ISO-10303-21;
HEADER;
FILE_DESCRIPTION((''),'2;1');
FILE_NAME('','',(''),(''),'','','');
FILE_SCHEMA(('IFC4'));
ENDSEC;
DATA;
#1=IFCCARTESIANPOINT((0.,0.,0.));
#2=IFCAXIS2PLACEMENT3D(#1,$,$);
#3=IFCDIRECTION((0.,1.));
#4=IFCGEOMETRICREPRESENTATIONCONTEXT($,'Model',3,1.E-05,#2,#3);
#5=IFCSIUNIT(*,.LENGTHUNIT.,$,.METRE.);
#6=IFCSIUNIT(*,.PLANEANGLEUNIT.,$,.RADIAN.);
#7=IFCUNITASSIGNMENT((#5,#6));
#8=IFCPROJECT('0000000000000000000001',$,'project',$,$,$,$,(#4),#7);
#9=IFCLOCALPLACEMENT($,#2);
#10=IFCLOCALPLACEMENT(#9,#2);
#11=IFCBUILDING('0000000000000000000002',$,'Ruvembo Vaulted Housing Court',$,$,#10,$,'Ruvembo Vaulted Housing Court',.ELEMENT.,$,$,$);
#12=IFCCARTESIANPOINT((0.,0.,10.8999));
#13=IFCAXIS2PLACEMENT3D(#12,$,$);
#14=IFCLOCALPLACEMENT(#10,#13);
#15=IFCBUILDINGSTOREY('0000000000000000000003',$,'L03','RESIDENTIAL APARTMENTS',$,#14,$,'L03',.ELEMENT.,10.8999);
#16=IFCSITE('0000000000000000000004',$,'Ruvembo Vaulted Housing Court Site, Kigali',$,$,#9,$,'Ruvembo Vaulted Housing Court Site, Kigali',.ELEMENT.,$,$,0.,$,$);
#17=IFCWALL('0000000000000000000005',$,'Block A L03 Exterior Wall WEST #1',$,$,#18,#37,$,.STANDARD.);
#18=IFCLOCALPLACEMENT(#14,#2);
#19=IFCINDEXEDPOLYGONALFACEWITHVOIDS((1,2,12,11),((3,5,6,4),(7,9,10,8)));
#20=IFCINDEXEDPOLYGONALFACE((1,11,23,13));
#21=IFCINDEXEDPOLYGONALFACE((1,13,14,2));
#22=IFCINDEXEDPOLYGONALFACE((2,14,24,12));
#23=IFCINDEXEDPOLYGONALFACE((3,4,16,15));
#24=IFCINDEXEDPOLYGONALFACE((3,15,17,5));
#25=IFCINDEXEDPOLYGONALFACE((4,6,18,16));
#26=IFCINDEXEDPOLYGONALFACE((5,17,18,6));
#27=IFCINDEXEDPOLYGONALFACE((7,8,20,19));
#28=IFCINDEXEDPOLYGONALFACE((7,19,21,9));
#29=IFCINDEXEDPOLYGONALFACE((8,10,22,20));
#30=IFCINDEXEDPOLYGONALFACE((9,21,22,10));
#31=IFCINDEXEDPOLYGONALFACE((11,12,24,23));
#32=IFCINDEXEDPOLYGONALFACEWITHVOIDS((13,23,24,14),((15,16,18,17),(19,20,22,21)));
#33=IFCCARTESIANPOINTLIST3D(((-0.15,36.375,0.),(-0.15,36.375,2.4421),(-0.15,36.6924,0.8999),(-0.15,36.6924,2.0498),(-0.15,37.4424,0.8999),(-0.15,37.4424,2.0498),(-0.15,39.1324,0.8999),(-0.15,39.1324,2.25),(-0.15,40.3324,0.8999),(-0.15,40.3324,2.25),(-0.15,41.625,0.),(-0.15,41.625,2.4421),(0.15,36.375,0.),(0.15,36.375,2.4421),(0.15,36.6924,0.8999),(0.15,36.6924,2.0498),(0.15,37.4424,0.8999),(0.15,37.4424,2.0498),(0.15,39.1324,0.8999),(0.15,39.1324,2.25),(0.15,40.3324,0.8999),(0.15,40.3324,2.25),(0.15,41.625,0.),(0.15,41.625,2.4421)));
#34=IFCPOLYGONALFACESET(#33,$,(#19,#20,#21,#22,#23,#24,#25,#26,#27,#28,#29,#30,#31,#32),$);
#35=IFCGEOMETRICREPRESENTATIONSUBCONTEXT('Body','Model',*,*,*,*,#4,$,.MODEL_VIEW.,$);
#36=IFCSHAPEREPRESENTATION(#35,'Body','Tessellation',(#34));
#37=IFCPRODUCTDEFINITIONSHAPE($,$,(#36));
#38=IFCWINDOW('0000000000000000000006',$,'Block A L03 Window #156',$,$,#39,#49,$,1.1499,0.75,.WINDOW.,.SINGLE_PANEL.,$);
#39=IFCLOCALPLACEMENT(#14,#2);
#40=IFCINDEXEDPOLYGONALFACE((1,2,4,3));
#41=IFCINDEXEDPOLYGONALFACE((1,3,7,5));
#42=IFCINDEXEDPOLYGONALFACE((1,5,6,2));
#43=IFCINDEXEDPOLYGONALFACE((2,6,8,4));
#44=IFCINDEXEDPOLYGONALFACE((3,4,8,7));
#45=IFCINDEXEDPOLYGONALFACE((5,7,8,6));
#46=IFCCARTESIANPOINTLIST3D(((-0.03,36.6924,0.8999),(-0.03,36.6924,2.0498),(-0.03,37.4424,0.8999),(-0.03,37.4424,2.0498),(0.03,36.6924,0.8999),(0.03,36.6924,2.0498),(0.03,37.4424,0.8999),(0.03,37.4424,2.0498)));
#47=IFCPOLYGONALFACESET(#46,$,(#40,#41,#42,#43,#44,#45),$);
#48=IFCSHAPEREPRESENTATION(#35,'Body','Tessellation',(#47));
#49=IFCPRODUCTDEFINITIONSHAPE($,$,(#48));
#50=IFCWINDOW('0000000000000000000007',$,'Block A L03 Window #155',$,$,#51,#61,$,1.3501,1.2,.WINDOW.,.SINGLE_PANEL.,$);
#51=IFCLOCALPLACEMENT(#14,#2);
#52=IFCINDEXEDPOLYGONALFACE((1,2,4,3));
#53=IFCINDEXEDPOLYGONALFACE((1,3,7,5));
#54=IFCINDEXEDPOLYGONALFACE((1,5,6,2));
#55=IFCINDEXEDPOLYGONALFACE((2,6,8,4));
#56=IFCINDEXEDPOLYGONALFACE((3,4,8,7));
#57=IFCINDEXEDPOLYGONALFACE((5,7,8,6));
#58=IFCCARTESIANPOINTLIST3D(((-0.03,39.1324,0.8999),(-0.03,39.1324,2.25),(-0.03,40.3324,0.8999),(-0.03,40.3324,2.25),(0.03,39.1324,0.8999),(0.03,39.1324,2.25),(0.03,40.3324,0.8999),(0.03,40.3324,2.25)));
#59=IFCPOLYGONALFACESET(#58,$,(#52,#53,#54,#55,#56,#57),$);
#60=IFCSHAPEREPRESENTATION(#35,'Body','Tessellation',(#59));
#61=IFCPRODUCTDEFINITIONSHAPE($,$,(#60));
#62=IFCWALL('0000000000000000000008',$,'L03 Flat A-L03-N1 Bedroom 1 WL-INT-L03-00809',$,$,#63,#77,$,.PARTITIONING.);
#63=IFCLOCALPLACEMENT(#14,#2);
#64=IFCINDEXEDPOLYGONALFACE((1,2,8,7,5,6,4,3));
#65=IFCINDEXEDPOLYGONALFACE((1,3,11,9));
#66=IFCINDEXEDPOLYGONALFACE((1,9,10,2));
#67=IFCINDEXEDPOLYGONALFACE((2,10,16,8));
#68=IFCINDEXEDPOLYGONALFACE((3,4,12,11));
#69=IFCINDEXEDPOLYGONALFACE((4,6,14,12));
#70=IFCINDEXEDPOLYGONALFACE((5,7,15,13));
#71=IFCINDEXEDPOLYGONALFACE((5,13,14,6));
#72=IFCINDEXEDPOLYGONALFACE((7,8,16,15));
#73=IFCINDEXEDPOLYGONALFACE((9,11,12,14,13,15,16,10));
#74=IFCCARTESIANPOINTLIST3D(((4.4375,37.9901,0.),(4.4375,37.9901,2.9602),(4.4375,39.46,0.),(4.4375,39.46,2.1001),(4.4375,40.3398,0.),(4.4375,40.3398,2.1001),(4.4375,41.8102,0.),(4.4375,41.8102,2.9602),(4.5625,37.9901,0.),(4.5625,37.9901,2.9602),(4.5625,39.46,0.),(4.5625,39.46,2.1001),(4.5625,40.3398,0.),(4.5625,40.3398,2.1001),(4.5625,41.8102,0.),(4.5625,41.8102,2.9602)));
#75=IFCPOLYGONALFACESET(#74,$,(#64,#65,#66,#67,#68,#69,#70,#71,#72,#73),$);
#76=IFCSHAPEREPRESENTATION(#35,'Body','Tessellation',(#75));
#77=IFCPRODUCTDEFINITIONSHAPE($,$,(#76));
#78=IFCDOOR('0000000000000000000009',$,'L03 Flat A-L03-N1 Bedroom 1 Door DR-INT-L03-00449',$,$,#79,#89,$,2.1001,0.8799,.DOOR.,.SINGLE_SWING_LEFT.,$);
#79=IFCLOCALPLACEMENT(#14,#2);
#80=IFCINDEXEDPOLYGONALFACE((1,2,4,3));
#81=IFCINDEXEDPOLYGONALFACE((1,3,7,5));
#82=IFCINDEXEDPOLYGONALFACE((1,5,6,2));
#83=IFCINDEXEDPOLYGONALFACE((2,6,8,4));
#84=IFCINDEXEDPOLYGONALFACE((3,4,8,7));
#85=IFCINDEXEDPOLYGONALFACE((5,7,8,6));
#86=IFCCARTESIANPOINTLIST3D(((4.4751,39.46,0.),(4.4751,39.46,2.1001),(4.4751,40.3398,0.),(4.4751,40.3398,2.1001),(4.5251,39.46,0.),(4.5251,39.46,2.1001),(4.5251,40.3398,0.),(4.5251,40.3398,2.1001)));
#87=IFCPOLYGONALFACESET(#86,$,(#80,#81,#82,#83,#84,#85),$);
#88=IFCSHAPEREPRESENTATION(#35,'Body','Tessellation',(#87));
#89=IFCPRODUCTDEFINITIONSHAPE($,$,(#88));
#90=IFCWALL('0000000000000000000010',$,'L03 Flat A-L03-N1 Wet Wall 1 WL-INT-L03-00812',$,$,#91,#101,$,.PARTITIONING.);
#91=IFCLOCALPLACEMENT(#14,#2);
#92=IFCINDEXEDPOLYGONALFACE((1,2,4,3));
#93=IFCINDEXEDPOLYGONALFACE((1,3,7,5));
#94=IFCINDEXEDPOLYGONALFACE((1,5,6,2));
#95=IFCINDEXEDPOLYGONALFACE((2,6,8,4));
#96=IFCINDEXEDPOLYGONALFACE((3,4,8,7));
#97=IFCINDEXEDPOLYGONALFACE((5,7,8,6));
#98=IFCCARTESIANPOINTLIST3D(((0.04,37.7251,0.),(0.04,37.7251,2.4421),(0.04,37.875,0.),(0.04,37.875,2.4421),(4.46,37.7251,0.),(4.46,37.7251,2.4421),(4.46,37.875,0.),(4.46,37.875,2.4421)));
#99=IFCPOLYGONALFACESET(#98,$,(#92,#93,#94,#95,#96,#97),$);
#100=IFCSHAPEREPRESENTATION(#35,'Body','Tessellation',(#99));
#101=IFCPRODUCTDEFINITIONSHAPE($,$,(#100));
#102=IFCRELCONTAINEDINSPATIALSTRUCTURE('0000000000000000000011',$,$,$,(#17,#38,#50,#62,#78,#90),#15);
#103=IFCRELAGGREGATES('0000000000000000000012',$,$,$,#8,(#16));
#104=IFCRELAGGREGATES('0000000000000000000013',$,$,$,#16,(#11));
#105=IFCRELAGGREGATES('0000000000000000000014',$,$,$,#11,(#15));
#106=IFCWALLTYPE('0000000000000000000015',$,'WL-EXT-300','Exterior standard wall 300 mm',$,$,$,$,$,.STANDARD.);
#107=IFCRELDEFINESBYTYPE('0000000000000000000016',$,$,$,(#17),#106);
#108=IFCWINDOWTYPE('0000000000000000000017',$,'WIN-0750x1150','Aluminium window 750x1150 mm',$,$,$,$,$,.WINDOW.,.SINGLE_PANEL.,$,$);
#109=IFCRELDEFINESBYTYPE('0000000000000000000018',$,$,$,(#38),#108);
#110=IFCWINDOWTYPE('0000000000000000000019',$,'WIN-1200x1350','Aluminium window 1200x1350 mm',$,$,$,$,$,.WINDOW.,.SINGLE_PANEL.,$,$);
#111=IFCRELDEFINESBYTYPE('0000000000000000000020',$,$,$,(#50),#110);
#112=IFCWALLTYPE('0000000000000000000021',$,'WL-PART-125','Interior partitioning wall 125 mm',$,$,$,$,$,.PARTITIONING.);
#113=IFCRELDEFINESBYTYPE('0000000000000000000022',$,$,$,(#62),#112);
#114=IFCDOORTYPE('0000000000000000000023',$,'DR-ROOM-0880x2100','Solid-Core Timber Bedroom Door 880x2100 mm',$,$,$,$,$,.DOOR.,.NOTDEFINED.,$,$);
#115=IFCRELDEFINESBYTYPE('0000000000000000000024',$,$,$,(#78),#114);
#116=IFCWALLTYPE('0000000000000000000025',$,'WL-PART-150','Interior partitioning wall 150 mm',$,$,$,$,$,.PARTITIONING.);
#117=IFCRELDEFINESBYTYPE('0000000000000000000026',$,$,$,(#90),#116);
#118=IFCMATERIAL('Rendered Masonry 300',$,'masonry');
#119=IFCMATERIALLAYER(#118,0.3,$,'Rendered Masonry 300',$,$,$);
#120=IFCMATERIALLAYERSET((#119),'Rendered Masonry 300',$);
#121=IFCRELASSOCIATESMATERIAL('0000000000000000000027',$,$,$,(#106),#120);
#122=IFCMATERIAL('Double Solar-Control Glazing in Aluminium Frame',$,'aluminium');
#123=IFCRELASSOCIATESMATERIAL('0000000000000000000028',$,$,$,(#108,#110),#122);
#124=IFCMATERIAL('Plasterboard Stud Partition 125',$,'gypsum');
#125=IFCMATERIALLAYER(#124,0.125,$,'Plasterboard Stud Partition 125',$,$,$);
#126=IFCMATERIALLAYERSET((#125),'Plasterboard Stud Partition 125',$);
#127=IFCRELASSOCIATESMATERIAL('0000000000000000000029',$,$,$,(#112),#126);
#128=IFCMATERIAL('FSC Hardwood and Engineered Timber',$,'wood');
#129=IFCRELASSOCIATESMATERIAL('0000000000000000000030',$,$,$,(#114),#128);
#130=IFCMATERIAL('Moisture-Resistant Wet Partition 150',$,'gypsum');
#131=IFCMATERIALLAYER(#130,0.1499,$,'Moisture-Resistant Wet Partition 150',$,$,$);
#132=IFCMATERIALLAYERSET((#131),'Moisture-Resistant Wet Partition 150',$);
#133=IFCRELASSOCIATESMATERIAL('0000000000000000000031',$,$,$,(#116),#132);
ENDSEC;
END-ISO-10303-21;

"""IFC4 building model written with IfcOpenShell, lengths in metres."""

from ifc_helpers import new_model, si_unit, direction, frame, frame_2d, origin, place, context, subcontext, project, spatial, rectangle, extrude, material, layer, layer_set, type_object, element, fill, save


model = new_model("IFC4")

# Units and contexts
model_context = context("Model", 3, precision=1e-05, world=origin(), true_north=direction((0.0, 1.0)))
body_context = subcontext(model_context, "Body", "Model", "MODEL_VIEW")
ifc_project = project(units=[si_unit("LENGTHUNIT", "METRE"), si_unit("PLANEANGLEUNIT", "RADIAN")], contexts=[model_context])

# Site, building, storey
site_placement = place(None, origin())
site = spatial("IfcSite", under=ifc_project, at=site_placement, Name="Ruvembo Vaulted Housing Court Site, Kigali", LongName="Ruvembo Vaulted Housing Court Site, Kigali", CompositionType="ELEMENT", RefElevation=0.0)
building_placement = place(site_placement, origin())
building = spatial("IfcBuilding", under=site, at=building_placement, Name="Ruvembo Vaulted Housing Court", LongName="Ruvembo Vaulted Housing Court", CompositionType="ELEMENT")
storey_placement = place(building_placement, frame((0.0, 0.0, 10.8999)))
storey = spatial("IfcBuildingStorey", under=building, at=storey_placement, Name="L03", Description="RESIDENTIAL APARTMENTS", LongName="L03", CompositionType="ELEMENT", Elevation=10.8999)

# Wall, openings, windows
ifc_material_1 = material(Name="Rendered Masonry 300", Category="masonry")
ifc_layer_1 = layer(ifc_material_1, 0.3, Name="Rendered Masonry 300")
ifc_layer_set_1 = layer_set([ifc_layer_1], Name="Rendered Masonry 300")
wall_type_1 = type_object("IfcWallType", Name="WL-EXT-300", Description="Exterior standard wall 300 mm", PredefinedType="STANDARD", material=ifc_layer_set_1)
ifc_material_2 = material(Name="Double Solar-Control Glazing in Aluminium Frame", Category="aluminium")
wall_1_placement = place(storey_placement, frame((0.0, 41.625, 0.0), z_axis=(0.0, 0.0, 1.0), x_axis=(0.0, -1.0, 0.0)))
wall_1 = element("IfcWall", 1, at=wall_1_placement, inside=storey, type_object=wall_type_1, Name="Block A L03 Exterior Wall WEST #1", PredefinedType="STANDARD", context=body_context, shape_type="SweptSolid", body=[
    extrude(rectangle(XDim=5.25, YDim=0.3, at=frame_2d((2.625, 0.0))), origin(), (0.0, 0.0, 1.0), 2.4421),
])
opening_1_placement = place(wall_1_placement, frame((1.2925, 0.0, 0.8999)))
opening_1 = element("IfcOpeningElement", 2, at=opening_1_placement, cuts=wall_1, PredefinedType="OPENING", context=body_context, shape_type="SweptSolid", body=[
    extrude(rectangle(XDim=1.2, YDim=1.3501, at=frame_2d((0.6001, 0.675))), frame((0.0, 0.1599, 0.0), z_axis=(0.0, -1.0, 0.0), x_axis=(1.0, 0.0, 0.0)), (0.0, 0.0, 1.0), 0.3201),
])
opening_2_placement = place(wall_1_placement, frame((4.1826, 0.0, 0.8999)))
opening_2 = element("IfcOpeningElement", 3, at=opening_2_placement, cuts=wall_1, PredefinedType="OPENING", context=body_context, shape_type="SweptSolid", body=[
    extrude(rectangle(XDim=0.75, YDim=1.1499, at=frame_2d((0.375, 0.575))), frame((0.0, 0.1599, 0.0), z_axis=(0.0, -1.0, 0.0), x_axis=(1.0, 0.0, 0.0)), (0.0, 0.0, 1.0), 0.3201),
])
window_type_1 = type_object("IfcWindowType", Name="WIN-0750x1150", Description="Aluminium window 750x1150 mm", PartitioningType="SINGLE_PANEL", PredefinedType="WINDOW", material=ifc_material_2)
window_1_placement = place(opening_2_placement, origin())
window_1 = element("IfcWindow", 4, at=window_1_placement, inside=storey, type_object=window_type_1, Name="Block A L03 Window #156", OverallHeight=1.1499, OverallWidth=0.75, PartitioningType="SINGLE_PANEL", PredefinedType="WINDOW", context=body_context, shape_type="SweptSolid", body=[
    extrude(rectangle(XDim=0.75, YDim=1.1499, at=frame_2d((0.375, 0.575))), frame((0.0, 0.03, 0.0), z_axis=(0.0, -1.0, 0.0), x_axis=(1.0, 0.0, 0.0)), (0.0, 0.0, 1.0), 0.0601),
])
fill(opening_2, window_1)
window_type_2 = type_object("IfcWindowType", Name="WIN-1200x1350", Description="Aluminium window 1200x1350 mm", PartitioningType="SINGLE_PANEL", PredefinedType="WINDOW", material=ifc_material_2)
window_2_placement = place(opening_1_placement, origin())
window_2 = element("IfcWindow", 5, at=window_2_placement, inside=storey, type_object=window_type_2, Name="Block A L03 Window #155", OverallHeight=1.3501, OverallWidth=1.2, PartitioningType="SINGLE_PANEL", PredefinedType="WINDOW", context=body_context, shape_type="SweptSolid", body=[
    extrude(rectangle(XDim=1.2, YDim=1.3501, at=frame_2d((0.6001, 0.675))), frame((0.0, 0.03, 0.0), z_axis=(0.0, -1.0, 0.0), x_axis=(1.0, 0.0, 0.0)), (0.0, 0.0, 1.0), 0.0601),
])
fill(opening_1, window_2)

# Wall, opening, door
ifc_material_3 = material(Name="Plasterboard Stud Partition 125", Category="gypsum")
ifc_layer_2 = layer(ifc_material_3, 0.125, Name="Plasterboard Stud Partition 125")
ifc_layer_set_2 = layer_set([ifc_layer_2], Name="Plasterboard Stud Partition 125")
wall_type_2 = type_object("IfcWallType", Name="WL-PART-125", Description="Interior partitioning wall 125 mm", PredefinedType="PARTITIONING", material=ifc_layer_set_2)
wall_2_placement = place(storey_placement, frame((4.5, 37.99, 0.0), z_axis=(0.0, 0.0, 1.0), x_axis=(0.0, 1.0, 0.0)))
wall_2 = element("IfcWall", 6, at=wall_2_placement, inside=storey, type_object=wall_type_2, Name="L03 Flat A-L03-N1 Bedroom 1 WL-INT-L03-00809", PredefinedType="PARTITIONING", context=body_context, shape_type="SweptSolid", body=[
    extrude(rectangle(XDim=3.8201, YDim=0.125, at=frame_2d((1.9102, 0.0))), origin(), (0.0, 0.0, 1.0), 2.9602),
])
opening_3_placement = place(wall_2_placement, frame((1.47, 0.0, 0.0)))
opening_3 = element("IfcOpeningElement", 7, at=opening_3_placement, cuts=wall_2, PredefinedType="OPENING", context=body_context, shape_type="SweptSolid", body=[
    extrude(rectangle(XDim=0.8799, YDim=2.1001, at=frame_2d((0.4399, 1.05))), frame((0.0, 0.0725, 0.0), z_axis=(0.0, -1.0, 0.0), x_axis=(1.0, 0.0, 0.0)), (0.0, 0.0, 1.0), 0.145),
])
ifc_material_4 = material(Name="FSC Hardwood and Engineered Timber", Category="wood")
door_type = type_object("IfcDoorType", Name="DR-ROOM-0880x2100", Description="Solid-Core Timber Bedroom Door 880x2100 mm", OperationType="NOTDEFINED", PredefinedType="DOOR", material=ifc_material_4)
door_placement = place(opening_3_placement, origin())
door = element("IfcDoor", 8, at=door_placement, inside=storey, type_object=door_type, Name="L03 Flat A-L03-N1 Bedroom 1 Door DR-INT-L03-00449", OperationType="SINGLE_SWING_LEFT", OverallHeight=2.1001, OverallWidth=0.8799, PredefinedType="DOOR", context=body_context, shape_type="SweptSolid", body=[
    extrude(rectangle(XDim=0.8799, YDim=2.1001, at=frame_2d((0.4399, 1.05))), frame((0.0, 0.0249, 0.0), z_axis=(0.0, -1.0, 0.0), x_axis=(1.0, 0.0, 0.0)), (0.0, 0.0, 1.0), 0.05),
])
fill(opening_3, door)

# Wall
ifc_material_5 = material(Name="Moisture-Resistant Wet Partition 150", Category="gypsum")
ifc_layer_3 = layer(ifc_material_5, 0.1499, Name="Moisture-Resistant Wet Partition 150")
ifc_layer_set_3 = layer_set([ifc_layer_3], Name="Moisture-Resistant Wet Partition 150")
wall_type_3 = type_object("IfcWallType", Name="WL-PART-150", Description="Interior partitioning wall 150 mm", PredefinedType="PARTITIONING", material=ifc_layer_set_3)
wall_3_placement = place(storey_placement, frame((0.04, 37.8, 0.0), z_axis=(0.0, 0.0, 1.0), x_axis=(1.0, 0.0, 0.0)))
element("IfcWall", 9, at=wall_3_placement, inside=storey, type_object=wall_type_3, Name="L03 Flat A-L03-N1 Wet Wall 1 WL-INT-L03-00812", PredefinedType="PARTITIONING", context=body_context, shape_type="SweptSolid", body=[
    extrude(rectangle(XDim=4.4199, YDim=0.1499, at=frame_2d((2.21, 0.0))), origin(), (0.0, 0.0, 1.0), 2.4421),
])

save(model, "model.ifc")
